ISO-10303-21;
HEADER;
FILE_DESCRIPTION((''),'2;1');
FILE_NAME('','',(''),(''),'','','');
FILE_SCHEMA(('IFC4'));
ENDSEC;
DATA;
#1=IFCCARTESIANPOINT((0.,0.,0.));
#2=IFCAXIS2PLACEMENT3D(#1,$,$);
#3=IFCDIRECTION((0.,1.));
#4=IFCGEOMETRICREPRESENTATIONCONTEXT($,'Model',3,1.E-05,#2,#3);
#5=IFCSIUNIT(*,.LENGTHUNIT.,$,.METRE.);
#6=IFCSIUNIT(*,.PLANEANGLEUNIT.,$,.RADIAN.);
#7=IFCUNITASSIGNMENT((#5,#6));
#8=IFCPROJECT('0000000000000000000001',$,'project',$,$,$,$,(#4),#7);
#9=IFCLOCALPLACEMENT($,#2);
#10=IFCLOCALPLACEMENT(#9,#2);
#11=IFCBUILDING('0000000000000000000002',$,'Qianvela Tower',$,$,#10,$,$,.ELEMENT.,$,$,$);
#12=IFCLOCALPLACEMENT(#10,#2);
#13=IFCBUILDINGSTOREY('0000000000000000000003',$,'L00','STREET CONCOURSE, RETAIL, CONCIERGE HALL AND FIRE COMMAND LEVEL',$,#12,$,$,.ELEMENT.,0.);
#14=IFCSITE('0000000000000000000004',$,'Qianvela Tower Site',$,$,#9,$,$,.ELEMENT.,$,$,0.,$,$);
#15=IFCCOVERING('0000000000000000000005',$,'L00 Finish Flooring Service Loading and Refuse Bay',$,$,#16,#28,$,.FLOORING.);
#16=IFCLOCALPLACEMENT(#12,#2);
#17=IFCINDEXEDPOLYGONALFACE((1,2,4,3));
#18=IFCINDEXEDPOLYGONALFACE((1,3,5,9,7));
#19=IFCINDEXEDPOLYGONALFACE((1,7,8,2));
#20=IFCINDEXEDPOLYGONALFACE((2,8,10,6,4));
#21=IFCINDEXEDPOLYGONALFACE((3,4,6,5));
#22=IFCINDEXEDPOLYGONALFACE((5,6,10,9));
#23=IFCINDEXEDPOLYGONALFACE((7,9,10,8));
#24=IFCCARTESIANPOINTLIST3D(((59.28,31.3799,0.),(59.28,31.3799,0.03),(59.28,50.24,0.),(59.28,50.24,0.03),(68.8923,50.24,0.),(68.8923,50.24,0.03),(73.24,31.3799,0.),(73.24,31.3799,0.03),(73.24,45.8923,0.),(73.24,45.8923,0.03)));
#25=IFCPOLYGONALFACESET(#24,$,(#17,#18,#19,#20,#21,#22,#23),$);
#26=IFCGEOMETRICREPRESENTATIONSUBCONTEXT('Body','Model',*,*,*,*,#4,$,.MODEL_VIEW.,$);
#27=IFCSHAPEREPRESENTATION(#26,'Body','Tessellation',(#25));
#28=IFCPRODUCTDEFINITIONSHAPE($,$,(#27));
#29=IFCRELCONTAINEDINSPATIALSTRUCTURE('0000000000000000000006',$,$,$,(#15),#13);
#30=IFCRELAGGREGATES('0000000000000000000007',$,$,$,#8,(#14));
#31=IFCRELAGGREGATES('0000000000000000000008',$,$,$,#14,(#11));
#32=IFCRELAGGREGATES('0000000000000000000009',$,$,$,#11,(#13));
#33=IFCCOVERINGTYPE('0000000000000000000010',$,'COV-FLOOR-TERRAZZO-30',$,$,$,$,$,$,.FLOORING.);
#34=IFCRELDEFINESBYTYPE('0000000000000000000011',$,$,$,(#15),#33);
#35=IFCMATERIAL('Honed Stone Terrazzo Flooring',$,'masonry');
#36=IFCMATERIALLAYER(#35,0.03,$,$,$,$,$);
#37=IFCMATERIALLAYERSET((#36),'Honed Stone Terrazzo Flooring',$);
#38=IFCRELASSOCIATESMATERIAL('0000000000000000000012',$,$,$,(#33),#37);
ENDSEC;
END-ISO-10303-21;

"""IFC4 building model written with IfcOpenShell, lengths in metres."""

from ifc_helpers import new_model, si_unit, direction, origin, place, context, subcontext, project, spatial, polyline, outline, extrude, material, layer, layer_set, type_object, element, save


model = new_model("IFC4")

# Units and contexts
model_context = context("Model", 3, precision=1e-05, world=origin(), true_north=direction((0.0, 1.0)))
body_context = subcontext(model_context, "Body", "Model", "MODEL_VIEW")
ifc_project = project(units=[si_unit("LENGTHUNIT", "METRE"), si_unit("PLANEANGLEUNIT", "RADIAN")], contexts=[model_context])

# Site, building, storey
site_placement = place(None, origin())
site = spatial("IfcSite", under=ifc_project, at=site_placement, Name="Qianvela Tower Site", CompositionType="ELEMENT", RefElevation=0.0)
building_placement = place(site_placement, origin())
building = spatial("IfcBuilding", under=site, at=building_placement, Name="Qianvela Tower", CompositionType="ELEMENT")
storey_placement = place(building_placement, origin())
storey = spatial("IfcBuildingStorey", under=building, at=storey_placement, Name="L00", Description="STREET CONCOURSE, RETAIL, CONCIERGE HALL AND FIRE COMMAND LEVEL", CompositionType="ELEMENT", Elevation=0.0)

# Covering
ifc_material_1 = material(Name="Honed Stone Terrazzo Flooring", Category="masonry")
ifc_layer_1 = layer(ifc_material_1, 0.03)
ifc_layer_set_1 = layer_set([ifc_layer_1], Name="Honed Stone Terrazzo Flooring")
covering_type_1 = type_object("IfcCoveringType", Name="COV-FLOOR-TERRAZZO-30", PredefinedType="FLOORING", material=ifc_layer_set_1)
covering_1_placement = place(storey_placement, origin())
element("IfcCovering", 1, at=covering_1_placement, inside=storey, type_object=covering_type_1, Name="L00 Finish Flooring Service Loading and Refuse Bay", PredefinedType="FLOORING", context=body_context, shape_type="SweptSolid", body=[
    extrude(outline(polyline([(68.8923, 50.24), (73.24, 45.8923), (73.24, 31.3799), (59.28, 31.3799), (59.28, 50.24), (68.8923, 50.24)])), origin(), (0.0, 0.0, 1.0), 0.03),
])

save(model, "model.ifc")
